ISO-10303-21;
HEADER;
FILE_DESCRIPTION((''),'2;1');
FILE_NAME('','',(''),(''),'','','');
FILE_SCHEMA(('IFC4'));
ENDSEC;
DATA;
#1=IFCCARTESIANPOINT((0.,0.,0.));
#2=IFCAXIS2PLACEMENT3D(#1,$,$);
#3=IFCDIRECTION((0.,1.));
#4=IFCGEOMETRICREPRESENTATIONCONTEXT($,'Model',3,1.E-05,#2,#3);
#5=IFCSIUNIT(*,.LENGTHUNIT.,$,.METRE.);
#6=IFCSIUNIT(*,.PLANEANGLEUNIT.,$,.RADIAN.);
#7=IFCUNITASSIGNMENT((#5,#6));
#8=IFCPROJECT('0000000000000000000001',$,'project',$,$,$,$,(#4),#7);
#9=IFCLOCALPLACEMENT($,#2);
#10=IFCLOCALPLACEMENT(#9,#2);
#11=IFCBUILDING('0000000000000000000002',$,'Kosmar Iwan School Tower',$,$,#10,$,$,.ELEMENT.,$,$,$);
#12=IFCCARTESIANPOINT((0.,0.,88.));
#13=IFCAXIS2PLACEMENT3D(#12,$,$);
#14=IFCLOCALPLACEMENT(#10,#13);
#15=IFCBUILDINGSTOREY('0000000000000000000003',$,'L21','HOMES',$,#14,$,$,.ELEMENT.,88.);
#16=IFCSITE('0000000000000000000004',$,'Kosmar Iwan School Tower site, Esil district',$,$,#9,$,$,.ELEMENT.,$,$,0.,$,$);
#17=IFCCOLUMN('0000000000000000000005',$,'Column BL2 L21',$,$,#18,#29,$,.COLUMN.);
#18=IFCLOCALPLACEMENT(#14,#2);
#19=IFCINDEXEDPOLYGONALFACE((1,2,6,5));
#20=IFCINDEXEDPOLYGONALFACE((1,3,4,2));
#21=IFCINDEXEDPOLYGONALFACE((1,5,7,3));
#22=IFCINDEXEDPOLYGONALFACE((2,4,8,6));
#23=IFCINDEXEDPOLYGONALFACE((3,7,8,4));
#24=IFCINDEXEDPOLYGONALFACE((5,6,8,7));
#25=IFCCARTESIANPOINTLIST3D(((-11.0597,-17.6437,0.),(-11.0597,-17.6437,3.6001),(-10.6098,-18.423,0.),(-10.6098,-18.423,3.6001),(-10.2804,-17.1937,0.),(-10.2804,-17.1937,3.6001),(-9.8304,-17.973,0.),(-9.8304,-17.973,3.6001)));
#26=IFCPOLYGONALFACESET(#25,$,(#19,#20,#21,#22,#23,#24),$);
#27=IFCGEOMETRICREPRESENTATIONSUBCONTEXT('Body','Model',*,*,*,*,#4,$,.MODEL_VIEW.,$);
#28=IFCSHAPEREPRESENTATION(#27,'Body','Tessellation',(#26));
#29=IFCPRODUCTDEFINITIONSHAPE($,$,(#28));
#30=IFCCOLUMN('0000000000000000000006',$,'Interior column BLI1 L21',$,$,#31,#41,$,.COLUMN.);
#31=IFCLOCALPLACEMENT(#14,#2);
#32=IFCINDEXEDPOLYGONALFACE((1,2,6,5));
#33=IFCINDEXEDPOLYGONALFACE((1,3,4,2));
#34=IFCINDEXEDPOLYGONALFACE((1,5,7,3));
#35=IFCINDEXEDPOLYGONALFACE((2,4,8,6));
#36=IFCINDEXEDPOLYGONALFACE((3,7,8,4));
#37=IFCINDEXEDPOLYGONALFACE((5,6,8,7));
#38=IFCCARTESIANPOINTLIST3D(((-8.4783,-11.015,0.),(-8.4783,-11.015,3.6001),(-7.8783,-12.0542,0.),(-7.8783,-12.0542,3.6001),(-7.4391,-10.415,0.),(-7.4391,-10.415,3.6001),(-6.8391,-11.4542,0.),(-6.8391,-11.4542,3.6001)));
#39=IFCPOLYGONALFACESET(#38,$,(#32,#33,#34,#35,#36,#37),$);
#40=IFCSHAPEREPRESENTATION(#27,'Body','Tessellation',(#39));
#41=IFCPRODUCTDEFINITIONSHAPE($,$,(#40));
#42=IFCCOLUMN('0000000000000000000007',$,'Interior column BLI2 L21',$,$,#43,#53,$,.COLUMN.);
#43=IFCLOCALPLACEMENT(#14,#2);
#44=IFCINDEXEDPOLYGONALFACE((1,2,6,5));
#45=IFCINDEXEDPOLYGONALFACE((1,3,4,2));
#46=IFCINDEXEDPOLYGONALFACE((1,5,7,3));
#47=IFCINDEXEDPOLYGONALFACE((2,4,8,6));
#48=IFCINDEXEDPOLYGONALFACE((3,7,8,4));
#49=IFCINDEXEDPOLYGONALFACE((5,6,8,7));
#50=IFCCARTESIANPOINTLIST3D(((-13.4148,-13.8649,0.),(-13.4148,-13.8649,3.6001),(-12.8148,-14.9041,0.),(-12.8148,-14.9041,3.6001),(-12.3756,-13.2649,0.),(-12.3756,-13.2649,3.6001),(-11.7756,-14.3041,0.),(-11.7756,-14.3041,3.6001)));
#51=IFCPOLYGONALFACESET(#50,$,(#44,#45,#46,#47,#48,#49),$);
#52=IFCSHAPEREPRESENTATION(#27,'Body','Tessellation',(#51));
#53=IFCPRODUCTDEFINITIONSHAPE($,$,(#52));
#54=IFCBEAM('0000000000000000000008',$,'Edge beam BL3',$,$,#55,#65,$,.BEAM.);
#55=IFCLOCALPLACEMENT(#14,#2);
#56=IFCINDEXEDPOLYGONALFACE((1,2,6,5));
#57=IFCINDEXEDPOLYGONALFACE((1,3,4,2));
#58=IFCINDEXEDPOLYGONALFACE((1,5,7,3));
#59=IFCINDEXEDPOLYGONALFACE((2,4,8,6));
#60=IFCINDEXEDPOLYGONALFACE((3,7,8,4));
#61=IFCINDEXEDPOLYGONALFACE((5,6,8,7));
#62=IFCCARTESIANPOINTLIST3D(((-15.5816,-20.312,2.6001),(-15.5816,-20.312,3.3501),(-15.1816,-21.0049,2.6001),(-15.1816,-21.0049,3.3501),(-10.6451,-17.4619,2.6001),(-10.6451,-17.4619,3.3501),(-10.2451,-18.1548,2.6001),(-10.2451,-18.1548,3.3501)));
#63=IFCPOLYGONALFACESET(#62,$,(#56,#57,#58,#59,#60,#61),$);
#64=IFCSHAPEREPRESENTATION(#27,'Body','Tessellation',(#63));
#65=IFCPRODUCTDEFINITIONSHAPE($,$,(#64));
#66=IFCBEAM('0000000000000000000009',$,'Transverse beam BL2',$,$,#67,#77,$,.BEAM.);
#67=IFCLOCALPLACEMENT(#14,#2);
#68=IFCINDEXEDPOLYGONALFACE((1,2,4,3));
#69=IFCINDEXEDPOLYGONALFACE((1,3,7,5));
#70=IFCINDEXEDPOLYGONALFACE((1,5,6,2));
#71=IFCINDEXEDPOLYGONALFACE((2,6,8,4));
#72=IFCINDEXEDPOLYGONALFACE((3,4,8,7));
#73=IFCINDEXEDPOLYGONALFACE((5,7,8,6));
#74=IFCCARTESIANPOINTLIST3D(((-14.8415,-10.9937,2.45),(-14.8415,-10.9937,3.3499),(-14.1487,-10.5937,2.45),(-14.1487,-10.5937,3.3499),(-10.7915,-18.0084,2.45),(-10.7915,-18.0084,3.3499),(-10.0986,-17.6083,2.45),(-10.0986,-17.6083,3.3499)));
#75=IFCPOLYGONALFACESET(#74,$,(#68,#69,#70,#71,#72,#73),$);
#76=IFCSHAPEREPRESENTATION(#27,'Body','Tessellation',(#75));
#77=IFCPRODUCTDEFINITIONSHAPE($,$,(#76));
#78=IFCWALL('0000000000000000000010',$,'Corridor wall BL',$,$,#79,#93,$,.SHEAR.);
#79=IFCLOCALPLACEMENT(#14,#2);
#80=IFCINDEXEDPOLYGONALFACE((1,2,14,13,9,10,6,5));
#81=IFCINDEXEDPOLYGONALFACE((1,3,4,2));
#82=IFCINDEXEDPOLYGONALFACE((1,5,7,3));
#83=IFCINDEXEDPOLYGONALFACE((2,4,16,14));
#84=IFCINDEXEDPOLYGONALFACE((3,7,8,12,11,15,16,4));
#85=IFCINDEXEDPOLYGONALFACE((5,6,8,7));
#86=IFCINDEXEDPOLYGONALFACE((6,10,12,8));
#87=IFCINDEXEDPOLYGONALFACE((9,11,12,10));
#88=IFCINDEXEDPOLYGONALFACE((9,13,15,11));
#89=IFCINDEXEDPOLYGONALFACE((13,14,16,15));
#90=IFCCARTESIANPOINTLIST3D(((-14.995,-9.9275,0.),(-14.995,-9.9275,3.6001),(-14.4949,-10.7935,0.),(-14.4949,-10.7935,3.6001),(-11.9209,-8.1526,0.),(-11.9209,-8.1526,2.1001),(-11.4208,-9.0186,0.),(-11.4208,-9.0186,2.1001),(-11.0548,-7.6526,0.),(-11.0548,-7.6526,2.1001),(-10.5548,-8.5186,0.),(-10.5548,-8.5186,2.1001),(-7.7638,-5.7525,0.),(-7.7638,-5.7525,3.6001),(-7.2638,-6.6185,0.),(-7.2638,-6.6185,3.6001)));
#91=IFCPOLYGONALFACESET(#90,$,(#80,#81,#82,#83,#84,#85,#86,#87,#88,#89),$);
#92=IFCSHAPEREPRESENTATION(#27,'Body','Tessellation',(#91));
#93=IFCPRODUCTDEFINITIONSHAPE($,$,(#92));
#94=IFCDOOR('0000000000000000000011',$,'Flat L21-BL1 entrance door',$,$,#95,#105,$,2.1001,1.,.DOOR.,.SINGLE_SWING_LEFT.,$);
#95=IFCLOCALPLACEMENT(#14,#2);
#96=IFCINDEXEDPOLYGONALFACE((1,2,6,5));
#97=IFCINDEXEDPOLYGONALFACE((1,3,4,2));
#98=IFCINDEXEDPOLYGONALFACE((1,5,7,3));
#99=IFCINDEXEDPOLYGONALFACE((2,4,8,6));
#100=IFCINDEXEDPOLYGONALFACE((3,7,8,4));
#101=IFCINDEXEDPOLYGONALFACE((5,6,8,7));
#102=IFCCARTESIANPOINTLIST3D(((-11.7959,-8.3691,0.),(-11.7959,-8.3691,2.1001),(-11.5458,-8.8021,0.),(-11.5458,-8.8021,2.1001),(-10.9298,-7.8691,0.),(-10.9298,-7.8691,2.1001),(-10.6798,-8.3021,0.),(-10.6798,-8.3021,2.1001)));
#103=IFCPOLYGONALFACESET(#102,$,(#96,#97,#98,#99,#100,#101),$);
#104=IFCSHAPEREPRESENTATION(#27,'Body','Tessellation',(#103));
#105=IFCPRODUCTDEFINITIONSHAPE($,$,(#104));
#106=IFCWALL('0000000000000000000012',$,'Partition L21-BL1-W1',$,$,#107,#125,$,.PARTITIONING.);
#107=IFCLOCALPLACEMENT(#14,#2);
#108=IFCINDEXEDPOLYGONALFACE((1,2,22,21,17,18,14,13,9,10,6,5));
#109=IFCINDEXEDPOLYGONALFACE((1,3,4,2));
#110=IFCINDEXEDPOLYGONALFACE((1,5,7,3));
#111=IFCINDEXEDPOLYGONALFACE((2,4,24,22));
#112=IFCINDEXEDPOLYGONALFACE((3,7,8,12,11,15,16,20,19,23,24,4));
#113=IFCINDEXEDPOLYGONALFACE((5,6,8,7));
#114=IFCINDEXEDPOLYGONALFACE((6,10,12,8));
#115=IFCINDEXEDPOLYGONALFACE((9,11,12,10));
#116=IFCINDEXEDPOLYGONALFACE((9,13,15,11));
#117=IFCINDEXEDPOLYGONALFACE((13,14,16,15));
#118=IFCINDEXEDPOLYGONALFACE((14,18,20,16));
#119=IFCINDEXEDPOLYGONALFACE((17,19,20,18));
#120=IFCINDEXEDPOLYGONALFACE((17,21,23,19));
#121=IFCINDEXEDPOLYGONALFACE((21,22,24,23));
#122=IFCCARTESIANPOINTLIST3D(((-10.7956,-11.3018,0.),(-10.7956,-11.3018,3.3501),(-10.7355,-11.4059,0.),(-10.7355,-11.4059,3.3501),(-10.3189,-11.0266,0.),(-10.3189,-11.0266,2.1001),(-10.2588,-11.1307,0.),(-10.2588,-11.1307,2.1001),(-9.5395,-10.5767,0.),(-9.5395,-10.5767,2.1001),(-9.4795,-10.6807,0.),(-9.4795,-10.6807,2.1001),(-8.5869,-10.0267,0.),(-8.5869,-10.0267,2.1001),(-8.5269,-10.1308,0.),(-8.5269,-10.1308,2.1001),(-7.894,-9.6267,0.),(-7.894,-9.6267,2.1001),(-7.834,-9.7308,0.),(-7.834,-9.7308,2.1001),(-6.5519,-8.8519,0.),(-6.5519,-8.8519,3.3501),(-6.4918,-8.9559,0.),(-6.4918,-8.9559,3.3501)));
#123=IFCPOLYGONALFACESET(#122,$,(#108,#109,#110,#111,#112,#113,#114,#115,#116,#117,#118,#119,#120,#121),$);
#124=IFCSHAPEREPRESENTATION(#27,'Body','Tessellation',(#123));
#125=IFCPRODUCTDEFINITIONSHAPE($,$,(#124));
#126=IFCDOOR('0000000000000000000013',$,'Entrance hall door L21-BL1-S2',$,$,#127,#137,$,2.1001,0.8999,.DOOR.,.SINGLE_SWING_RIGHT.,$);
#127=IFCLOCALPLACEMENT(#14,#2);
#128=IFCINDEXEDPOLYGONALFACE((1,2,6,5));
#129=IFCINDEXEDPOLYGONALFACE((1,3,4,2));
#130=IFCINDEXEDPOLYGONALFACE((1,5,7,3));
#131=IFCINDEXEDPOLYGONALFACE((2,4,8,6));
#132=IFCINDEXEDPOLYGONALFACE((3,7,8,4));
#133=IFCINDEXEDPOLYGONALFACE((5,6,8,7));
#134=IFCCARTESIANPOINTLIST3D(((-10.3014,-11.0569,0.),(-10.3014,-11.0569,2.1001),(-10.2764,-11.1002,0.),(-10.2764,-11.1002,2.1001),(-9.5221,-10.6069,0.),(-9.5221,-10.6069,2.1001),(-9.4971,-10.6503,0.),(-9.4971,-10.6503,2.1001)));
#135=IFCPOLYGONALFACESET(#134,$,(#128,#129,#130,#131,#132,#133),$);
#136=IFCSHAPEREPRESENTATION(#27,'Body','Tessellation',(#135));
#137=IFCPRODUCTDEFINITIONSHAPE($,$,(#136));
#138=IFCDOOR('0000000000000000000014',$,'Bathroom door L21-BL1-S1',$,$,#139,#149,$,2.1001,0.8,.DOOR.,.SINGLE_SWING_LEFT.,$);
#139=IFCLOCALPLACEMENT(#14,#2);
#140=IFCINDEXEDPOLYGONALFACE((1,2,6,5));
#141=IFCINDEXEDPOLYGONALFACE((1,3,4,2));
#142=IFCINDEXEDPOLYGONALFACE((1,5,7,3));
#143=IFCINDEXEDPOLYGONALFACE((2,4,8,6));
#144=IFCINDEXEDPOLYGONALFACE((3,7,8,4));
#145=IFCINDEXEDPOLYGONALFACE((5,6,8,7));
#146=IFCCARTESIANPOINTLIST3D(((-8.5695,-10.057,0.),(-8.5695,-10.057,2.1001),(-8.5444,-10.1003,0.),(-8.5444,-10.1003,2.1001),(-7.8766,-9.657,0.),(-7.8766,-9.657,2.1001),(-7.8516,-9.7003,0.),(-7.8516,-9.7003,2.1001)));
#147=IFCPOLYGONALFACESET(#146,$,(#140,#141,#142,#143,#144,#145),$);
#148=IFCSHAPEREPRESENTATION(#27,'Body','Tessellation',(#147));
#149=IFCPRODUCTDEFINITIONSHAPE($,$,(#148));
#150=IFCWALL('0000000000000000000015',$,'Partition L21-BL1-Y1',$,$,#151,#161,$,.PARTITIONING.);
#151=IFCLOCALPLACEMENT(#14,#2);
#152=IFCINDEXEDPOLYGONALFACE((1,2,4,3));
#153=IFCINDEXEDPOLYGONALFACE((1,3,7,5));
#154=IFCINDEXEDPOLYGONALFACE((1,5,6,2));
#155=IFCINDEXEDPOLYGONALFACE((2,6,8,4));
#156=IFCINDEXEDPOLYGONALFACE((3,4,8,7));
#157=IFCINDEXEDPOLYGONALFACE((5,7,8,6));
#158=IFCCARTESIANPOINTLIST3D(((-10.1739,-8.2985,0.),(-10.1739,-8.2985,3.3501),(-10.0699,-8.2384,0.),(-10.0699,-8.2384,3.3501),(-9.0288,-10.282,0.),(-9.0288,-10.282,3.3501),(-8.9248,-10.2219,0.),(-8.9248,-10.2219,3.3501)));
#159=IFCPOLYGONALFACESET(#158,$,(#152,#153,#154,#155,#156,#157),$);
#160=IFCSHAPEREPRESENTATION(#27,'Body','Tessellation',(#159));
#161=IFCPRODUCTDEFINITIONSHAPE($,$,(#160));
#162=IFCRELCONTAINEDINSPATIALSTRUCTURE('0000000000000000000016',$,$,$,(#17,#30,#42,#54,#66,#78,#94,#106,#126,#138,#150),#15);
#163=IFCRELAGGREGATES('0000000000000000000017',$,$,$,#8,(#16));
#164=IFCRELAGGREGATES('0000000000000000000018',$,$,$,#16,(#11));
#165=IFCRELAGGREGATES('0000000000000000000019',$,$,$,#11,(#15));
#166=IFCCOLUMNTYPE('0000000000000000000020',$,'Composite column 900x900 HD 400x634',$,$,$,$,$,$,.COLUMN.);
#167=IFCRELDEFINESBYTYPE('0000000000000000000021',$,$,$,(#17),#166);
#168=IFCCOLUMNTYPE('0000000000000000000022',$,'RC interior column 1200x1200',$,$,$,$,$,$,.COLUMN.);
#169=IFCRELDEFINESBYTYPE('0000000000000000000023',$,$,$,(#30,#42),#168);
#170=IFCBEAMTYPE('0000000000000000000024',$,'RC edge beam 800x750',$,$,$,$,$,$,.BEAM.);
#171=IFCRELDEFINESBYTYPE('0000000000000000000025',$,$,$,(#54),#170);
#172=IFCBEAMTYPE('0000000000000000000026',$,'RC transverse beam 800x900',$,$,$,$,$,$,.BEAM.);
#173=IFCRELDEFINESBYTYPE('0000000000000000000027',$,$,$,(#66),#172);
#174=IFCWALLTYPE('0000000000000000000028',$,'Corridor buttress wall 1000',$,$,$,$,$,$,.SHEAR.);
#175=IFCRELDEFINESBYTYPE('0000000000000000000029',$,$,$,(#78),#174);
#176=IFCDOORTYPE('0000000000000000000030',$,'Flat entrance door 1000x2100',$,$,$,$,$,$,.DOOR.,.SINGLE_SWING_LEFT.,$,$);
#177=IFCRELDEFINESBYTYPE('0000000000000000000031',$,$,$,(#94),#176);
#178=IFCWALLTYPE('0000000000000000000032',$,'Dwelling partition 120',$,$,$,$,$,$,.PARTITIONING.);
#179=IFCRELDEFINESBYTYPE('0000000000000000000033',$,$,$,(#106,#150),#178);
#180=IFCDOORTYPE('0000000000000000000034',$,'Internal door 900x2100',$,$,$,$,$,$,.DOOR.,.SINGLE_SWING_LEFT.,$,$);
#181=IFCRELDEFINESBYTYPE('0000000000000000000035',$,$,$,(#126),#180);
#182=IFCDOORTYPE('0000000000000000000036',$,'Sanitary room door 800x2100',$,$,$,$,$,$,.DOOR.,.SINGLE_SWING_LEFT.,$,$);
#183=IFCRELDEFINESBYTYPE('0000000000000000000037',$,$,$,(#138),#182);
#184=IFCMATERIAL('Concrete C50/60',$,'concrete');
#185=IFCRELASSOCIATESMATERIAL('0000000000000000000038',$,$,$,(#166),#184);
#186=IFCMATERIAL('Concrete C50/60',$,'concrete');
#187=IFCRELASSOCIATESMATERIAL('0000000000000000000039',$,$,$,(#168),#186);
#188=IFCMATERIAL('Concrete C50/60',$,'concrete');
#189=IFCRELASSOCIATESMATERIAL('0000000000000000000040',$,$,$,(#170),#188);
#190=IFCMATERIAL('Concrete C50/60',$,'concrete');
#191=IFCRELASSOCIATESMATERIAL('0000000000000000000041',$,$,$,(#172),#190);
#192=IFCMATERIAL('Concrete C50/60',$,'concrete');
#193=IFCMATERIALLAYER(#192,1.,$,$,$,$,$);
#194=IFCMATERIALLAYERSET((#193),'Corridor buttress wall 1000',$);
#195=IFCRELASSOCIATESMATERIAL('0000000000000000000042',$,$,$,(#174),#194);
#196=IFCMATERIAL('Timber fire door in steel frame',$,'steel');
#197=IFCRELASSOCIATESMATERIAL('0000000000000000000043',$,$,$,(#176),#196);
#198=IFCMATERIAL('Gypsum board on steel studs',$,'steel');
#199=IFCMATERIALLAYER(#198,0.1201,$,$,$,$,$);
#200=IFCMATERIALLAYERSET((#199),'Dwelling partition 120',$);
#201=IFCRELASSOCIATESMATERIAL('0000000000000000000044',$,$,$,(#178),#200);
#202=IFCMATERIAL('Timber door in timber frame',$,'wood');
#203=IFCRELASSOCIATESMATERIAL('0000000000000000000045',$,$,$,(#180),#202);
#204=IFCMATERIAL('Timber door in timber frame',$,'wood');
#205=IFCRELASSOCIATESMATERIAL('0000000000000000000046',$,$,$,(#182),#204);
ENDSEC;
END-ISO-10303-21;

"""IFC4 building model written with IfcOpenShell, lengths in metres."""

from ifc_helpers import new_model, si_unit, direction, frame, frame_2d, origin, origin_2d, place, context, subcontext, project, spatial, rectangle, extrude, material, layer, layer_set, material_profile, profile_set, type_object, element, fill, save


model = new_model("IFC4")

# Units and contexts
model_context = context("Model", 3, precision=1e-05, world=origin(), true_north=direction((0.0, 1.0)))
body_context = subcontext(model_context, "Body", "Model", "MODEL_VIEW")
ifc_project = project(units=[si_unit("LENGTHUNIT", "METRE"), si_unit("PLANEANGLEUNIT", "RADIAN")], contexts=[model_context])

# Site, building, storey
site_placement = place(None, origin())
site = spatial("IfcSite", under=ifc_project, at=site_placement, Name="Kosmar Iwan School Tower site, Esil district", CompositionType="ELEMENT", RefElevation=0.0)
building_placement = place(site_placement, origin())
building = spatial("IfcBuilding", under=site, at=building_placement, Name="Kosmar Iwan School Tower", CompositionType="ELEMENT")
storey_placement = place(building_placement, frame((0.0, 0.0, 88.0)))
storey = spatial("IfcBuildingStorey", under=building, at=storey_placement, Name="L21", Description="HOMES", CompositionType="ELEMENT", Elevation=88.0)

# Columns
ifc_material_1 = material(Name="Concrete C50/60", Category="concrete")
ifc_material_profile_1 = material_profile(ifc_material_1, rectangle(XDim=0.8999, YDim=0.8999, at=origin_2d()), Name="RC 900x900 + HD 400x634")
ifc_profile_set_1 = profile_set([ifc_material_profile_1], Name="Concrete C50/60")
column_type_1 = type_object("IfcColumnType", Name="Composite column 900x900 HD 400x634", PredefinedType="COLUMN", material=ifc_profile_set_1)
column_placement = place(storey_placement, frame((-10.4451, -17.8083, 0.0), z_axis=(0.0, 0.0, 1.0), x_axis=(-0.866025, -0.5, 0.0)))
element("IfcColumn", 1, at=column_placement, inside=storey, type_object=column_type_1, Name="Column BL2 L21", PredefinedType="COLUMN", context=body_context, shape_type="SweptSolid", body=[
    extrude(rectangle(XDim=0.8999, YDim=0.8999, at=origin_2d()), origin(), (0.0, 0.0, 1.0), 3.6001),
])
ifc_material_2 = material(Name="Concrete C50/60", Category="concrete")
ifc_material_profile_2 = material_profile(ifc_material_2, rectangle(XDim=1.2, YDim=1.2, at=origin_2d()), Name="RC 1200x1200")
ifc_profile_set_2 = profile_set([ifc_material_profile_2], Name="Concrete C50/60")
column_type_2 = type_object("IfcColumnType", Name="RC interior column 1200x1200", PredefinedType="COLUMN", material=ifc_profile_set_2)
for number, where, z_axis, x_axis, name in (
    (2, (-7.6587, -11.2346, 0.0), (0.0, 0.0, 1.0), (-0.866025, -0.5, 0.0), "Interior column BLI1 L21"),
    (3, (-12.5952, -14.0845, 0.0), (0.0, 0.0, 1.0), (-0.866025, -0.5, 0.0), "Interior column BLI2 L21"),
):
    element("IfcColumn", number, at=place(storey_placement, frame(where, z_axis=z_axis, x_axis=x_axis)), inside=storey, type_object=column_type_2, Name=name, PredefinedType="COLUMN", context=body_context, shape_type="SweptSolid", body=[
        extrude(rectangle(XDim=1.2, YDim=1.2, at=origin_2d()), origin(), (0.0, 0.0, 1.0), 3.6001),
    ])

# Beams
ifc_material_3 = material(Name="Concrete C50/60", Category="concrete")
ifc_material_profile_3 = material_profile(ifc_material_3, rectangle(XDim=0.8, YDim=0.75, at=origin_2d()), Name="RC 800x750")
ifc_profile_set_3 = profile_set([ifc_material_profile_3], Name="Concrete C50/60")
beam_type_1 = type_object("IfcBeamType", Name="RC edge beam 800x750", PredefinedType="BEAM", material=ifc_profile_set_3)
beam_1_placement = place(storey_placement, frame((-10.4451, -17.8083, 2.9751), z_axis=(-0.866026, -0.499999, 0.0), x_axis=(0.499999, -0.866026, 0.0)))
element("IfcBeam", 4, at=beam_1_placement, inside=storey, type_object=beam_type_1, Name="Edge beam BL3", PredefinedType="BEAM", context=body_context, shape_type="SweptSolid", body=[
    extrude(rectangle(XDim=0.8, YDim=0.75, at=origin_2d()), origin(), (0.0, 0.0, 1.0), 5.7002),
])
ifc_material_4 = material(Name="Concrete C50/60", Category="concrete")
ifc_material_profile_4 = material_profile(ifc_material_4, rectangle(XDim=0.8, YDim=0.8999, at=origin_2d()), Name="RC 800x900")
ifc_profile_set_4 = profile_set([ifc_material_profile_4], Name="Concrete C50/60")
beam_type_2 = type_object("IfcBeamType", Name="RC transverse beam 800x900", PredefinedType="BEAM", material=ifc_profile_set_4)
beam_2_placement = place(storey_placement, frame((-10.4451, -17.8083, 2.8999), z_axis=(-0.500013, 0.866018, 0.0), x_axis=(-0.866018, -0.500013, 0.0)))
element("IfcBeam", 5, at=beam_2_placement, inside=storey, type_object=beam_type_2, Name="Transverse beam BL2", PredefinedType="BEAM", context=body_context, shape_type="SweptSolid", body=[
    extrude(rectangle(XDim=0.8, YDim=0.8999, at=origin_2d()), origin(), (0.0, 0.0, 1.0), 8.0999),
])

# Wall, opening, door
ifc_material_5 = material(Name="Concrete C50/60", Category="concrete")
ifc_layer_1 = layer(ifc_material_5, 1.0)
ifc_layer_set_1 = layer_set([ifc_layer_1], Name="Corridor buttress wall 1000")
wall_type_1 = type_object("IfcWallType", Name="Corridor buttress wall 1000", PredefinedType="SHEAR", material=ifc_layer_set_1)
wall_1_placement = place(storey_placement, frame((-7.5139, -6.1855, 0.0), z_axis=(0.0, 0.0, 1.0), x_axis=(-0.86602, -0.50001, 0.0)))
wall_1 = element("IfcWall", 6, at=wall_1_placement, inside=storey, type_object=wall_type_1, Name="Corridor wall BL", PredefinedType="SHEAR", context=body_context, shape_type="SweptSolid", body=[
    extrude(rectangle(XDim=8.3499, YDim=1.0, at=frame_2d((4.1748, 0.0))), origin(), (0.0, 0.0, 1.0), 3.6001),
])
opening_1_placement = place(wall_1_placement, frame((3.8, 0.0, 0.0)))
opening_1 = element("IfcOpeningElement", 7, at=opening_1_placement, cuts=wall_1, PredefinedType="OPENING", context=body_context, shape_type="SweptSolid", body=[
    extrude(rectangle(XDim=1.0, YDim=2.1001, at=frame_2d((0.5, 1.05))), frame((0.0, 0.512, 0.0), z_axis=(0.0, -1.0, 0.0), x_axis=(1.0, 0.0, 0.0)), (0.0, 0.0, 1.0), 1.0239),
])
ifc_material_6 = material(Name="Timber fire door in steel frame", Category="steel")
door_type_1 = type_object("IfcDoorType", Name="Flat entrance door 1000x2100", OperationType="SINGLE_SWING_LEFT", PredefinedType="DOOR", material=ifc_material_6)
door_1_placement = place(opening_1_placement, origin())
door_1 = element("IfcDoor", 8, at=door_1_placement, inside=storey, type_object=door_type_1, Name="Flat L21-BL1 entrance door", OperationType="SINGLE_SWING_LEFT", OverallHeight=2.1001, OverallWidth=1.0, PredefinedType="DOOR", context=body_context, shape_type="SweptSolid", body=[
    extrude(rectangle(XDim=1.0, YDim=2.1001, at=frame_2d((0.5, 1.05))), frame((0.0, 0.25, 0.0), z_axis=(0.0, -1.0, 0.0), x_axis=(1.0, 0.0, 0.0)), (0.0, 0.0, 1.0), 0.5),
])
fill(opening_1, door_1)

# Wall, openings, doors
ifc_material_7 = material(Name="Gypsum board on steel studs", Category="steel")
ifc_layer_2 = layer(ifc_material_7, 0.1201)
ifc_layer_set_2 = layer_set([ifc_layer_2], Name="Dwelling partition 120")
wall_type_2 = type_object("IfcWallType", Name="Dwelling partition 120", PredefinedType="PARTITIONING", material=ifc_layer_set_2)
wall_2_placement = place(storey_placement, frame((-6.5217, -8.9038, 0.0), z_axis=(0.0, 0.0, 1.0), x_axis=(-0.866036, -0.499981, 0.0)))
wall_2 = element("IfcWall", 9, at=wall_2_placement, inside=storey, type_object=wall_type_2, Name="Partition L21-BL1-W1", PredefinedType="PARTITIONING", context=body_context, shape_type="SweptSolid", body=[
    extrude(rectangle(XDim=4.9001, YDim=0.1201, at=frame_2d((2.4502, 0.0))), origin(), (0.0, 0.0, 1.0), 3.3501),
])
opening_2_placement = place(wall_2_placement, frame((1.55, 0.0, 0.0)))
opening_2 = element("IfcOpeningElement", 10, at=opening_2_placement, cuts=wall_2, PredefinedType="OPENING", context=body_context, shape_type="SweptSolid", body=[
    extrude(rectangle(XDim=0.8, YDim=2.1001, at=frame_2d((0.3999, 1.05))), frame((0.0, 0.072, 0.0), z_axis=(0.0, -1.0, 0.0), x_axis=(1.0, 0.0, 0.0)), (0.0, 0.0, 1.0), 0.144),
])
opening_3_placement = place(wall_2_placement, frame((3.45, 0.0, 0.0)))
opening_3 = element("IfcOpeningElement", 11, at=opening_3_placement, cuts=wall_2, PredefinedType="OPENING", context=body_context, shape_type="SweptSolid", body=[
    extrude(rectangle(XDim=0.8999, YDim=2.1001, at=frame_2d((0.45, 1.05))), frame((0.0, 0.072, 0.0), z_axis=(0.0, -1.0, 0.0), x_axis=(1.0, 0.0, 0.0)), (0.0, 0.0, 1.0), 0.144),
])
ifc_material_8 = material(Name="Timber door in timber frame", Category="wood")
door_type_2 = type_object("IfcDoorType", Name="Internal door 900x2100", OperationType="SINGLE_SWING_LEFT", PredefinedType="DOOR", material=ifc_material_8)
door_2_placement = place(opening_3_placement, origin())
door_2 = element("IfcDoor", 12, at=door_2_placement, inside=storey, type_object=door_type_2, Name="Entrance hall door L21-BL1-S2", OperationType="SINGLE_SWING_RIGHT", OverallHeight=2.1001, OverallWidth=0.8999, PredefinedType="DOOR", context=body_context, shape_type="SweptSolid", body=[
    extrude(rectangle(XDim=0.8999, YDim=2.1001, at=frame_2d((0.45, 1.05))), frame((0.0, 0.0249, 0.0), z_axis=(0.0, -1.0, 0.0), x_axis=(1.0, 0.0, 0.0)), (0.0, 0.0, 1.0), 0.05),
])
fill(opening_3, door_2)
ifc_material_9 = material(Name="Timber door in timber frame", Category="wood")
door_type_3 = type_object("IfcDoorType", Name="Sanitary room door 800x2100", OperationType="SINGLE_SWING_LEFT", PredefinedType="DOOR", material=ifc_material_9)
door_3_placement = place(opening_2_placement, origin())
door_3 = element("IfcDoor", 13, at=door_3_placement, inside=storey, type_object=door_type_3, Name="Bathroom door L21-BL1-S1", OperationType="SINGLE_SWING_LEFT", OverallHeight=2.1001, OverallWidth=0.8, PredefinedType="DOOR", context=body_context, shape_type="SweptSolid", body=[
    extrude(rectangle(XDim=0.8, YDim=2.1001, at=frame_2d((0.3999, 1.05))), frame((0.0, 0.0249, 0.0), z_axis=(0.0, -1.0, 0.0), x_axis=(1.0, 0.0, 0.0)), (0.0, 0.0, 1.0), 0.05),
])
fill(opening_2, door_3)

# Wall
wall_3_placement = place(storey_placement, frame((-10.1218, -8.2686, 0.0), z_axis=(0.0, 0.0, 1.0), x_axis=(0.499969, -0.866044, 0.0)))
element("IfcWall", 14, at=wall_3_placement, inside=storey, type_object=wall_type_2, Name="Partition L21-BL1-Y1", PredefinedType="PARTITIONING", context=body_context, shape_type="SweptSolid", body=[
    extrude(rectangle(XDim=2.2903, YDim=0.1201, at=frame_2d((1.145, 0.0))), origin(), (0.0, 0.0, 1.0), 3.3501),
])

save(model, "model.ifc")
